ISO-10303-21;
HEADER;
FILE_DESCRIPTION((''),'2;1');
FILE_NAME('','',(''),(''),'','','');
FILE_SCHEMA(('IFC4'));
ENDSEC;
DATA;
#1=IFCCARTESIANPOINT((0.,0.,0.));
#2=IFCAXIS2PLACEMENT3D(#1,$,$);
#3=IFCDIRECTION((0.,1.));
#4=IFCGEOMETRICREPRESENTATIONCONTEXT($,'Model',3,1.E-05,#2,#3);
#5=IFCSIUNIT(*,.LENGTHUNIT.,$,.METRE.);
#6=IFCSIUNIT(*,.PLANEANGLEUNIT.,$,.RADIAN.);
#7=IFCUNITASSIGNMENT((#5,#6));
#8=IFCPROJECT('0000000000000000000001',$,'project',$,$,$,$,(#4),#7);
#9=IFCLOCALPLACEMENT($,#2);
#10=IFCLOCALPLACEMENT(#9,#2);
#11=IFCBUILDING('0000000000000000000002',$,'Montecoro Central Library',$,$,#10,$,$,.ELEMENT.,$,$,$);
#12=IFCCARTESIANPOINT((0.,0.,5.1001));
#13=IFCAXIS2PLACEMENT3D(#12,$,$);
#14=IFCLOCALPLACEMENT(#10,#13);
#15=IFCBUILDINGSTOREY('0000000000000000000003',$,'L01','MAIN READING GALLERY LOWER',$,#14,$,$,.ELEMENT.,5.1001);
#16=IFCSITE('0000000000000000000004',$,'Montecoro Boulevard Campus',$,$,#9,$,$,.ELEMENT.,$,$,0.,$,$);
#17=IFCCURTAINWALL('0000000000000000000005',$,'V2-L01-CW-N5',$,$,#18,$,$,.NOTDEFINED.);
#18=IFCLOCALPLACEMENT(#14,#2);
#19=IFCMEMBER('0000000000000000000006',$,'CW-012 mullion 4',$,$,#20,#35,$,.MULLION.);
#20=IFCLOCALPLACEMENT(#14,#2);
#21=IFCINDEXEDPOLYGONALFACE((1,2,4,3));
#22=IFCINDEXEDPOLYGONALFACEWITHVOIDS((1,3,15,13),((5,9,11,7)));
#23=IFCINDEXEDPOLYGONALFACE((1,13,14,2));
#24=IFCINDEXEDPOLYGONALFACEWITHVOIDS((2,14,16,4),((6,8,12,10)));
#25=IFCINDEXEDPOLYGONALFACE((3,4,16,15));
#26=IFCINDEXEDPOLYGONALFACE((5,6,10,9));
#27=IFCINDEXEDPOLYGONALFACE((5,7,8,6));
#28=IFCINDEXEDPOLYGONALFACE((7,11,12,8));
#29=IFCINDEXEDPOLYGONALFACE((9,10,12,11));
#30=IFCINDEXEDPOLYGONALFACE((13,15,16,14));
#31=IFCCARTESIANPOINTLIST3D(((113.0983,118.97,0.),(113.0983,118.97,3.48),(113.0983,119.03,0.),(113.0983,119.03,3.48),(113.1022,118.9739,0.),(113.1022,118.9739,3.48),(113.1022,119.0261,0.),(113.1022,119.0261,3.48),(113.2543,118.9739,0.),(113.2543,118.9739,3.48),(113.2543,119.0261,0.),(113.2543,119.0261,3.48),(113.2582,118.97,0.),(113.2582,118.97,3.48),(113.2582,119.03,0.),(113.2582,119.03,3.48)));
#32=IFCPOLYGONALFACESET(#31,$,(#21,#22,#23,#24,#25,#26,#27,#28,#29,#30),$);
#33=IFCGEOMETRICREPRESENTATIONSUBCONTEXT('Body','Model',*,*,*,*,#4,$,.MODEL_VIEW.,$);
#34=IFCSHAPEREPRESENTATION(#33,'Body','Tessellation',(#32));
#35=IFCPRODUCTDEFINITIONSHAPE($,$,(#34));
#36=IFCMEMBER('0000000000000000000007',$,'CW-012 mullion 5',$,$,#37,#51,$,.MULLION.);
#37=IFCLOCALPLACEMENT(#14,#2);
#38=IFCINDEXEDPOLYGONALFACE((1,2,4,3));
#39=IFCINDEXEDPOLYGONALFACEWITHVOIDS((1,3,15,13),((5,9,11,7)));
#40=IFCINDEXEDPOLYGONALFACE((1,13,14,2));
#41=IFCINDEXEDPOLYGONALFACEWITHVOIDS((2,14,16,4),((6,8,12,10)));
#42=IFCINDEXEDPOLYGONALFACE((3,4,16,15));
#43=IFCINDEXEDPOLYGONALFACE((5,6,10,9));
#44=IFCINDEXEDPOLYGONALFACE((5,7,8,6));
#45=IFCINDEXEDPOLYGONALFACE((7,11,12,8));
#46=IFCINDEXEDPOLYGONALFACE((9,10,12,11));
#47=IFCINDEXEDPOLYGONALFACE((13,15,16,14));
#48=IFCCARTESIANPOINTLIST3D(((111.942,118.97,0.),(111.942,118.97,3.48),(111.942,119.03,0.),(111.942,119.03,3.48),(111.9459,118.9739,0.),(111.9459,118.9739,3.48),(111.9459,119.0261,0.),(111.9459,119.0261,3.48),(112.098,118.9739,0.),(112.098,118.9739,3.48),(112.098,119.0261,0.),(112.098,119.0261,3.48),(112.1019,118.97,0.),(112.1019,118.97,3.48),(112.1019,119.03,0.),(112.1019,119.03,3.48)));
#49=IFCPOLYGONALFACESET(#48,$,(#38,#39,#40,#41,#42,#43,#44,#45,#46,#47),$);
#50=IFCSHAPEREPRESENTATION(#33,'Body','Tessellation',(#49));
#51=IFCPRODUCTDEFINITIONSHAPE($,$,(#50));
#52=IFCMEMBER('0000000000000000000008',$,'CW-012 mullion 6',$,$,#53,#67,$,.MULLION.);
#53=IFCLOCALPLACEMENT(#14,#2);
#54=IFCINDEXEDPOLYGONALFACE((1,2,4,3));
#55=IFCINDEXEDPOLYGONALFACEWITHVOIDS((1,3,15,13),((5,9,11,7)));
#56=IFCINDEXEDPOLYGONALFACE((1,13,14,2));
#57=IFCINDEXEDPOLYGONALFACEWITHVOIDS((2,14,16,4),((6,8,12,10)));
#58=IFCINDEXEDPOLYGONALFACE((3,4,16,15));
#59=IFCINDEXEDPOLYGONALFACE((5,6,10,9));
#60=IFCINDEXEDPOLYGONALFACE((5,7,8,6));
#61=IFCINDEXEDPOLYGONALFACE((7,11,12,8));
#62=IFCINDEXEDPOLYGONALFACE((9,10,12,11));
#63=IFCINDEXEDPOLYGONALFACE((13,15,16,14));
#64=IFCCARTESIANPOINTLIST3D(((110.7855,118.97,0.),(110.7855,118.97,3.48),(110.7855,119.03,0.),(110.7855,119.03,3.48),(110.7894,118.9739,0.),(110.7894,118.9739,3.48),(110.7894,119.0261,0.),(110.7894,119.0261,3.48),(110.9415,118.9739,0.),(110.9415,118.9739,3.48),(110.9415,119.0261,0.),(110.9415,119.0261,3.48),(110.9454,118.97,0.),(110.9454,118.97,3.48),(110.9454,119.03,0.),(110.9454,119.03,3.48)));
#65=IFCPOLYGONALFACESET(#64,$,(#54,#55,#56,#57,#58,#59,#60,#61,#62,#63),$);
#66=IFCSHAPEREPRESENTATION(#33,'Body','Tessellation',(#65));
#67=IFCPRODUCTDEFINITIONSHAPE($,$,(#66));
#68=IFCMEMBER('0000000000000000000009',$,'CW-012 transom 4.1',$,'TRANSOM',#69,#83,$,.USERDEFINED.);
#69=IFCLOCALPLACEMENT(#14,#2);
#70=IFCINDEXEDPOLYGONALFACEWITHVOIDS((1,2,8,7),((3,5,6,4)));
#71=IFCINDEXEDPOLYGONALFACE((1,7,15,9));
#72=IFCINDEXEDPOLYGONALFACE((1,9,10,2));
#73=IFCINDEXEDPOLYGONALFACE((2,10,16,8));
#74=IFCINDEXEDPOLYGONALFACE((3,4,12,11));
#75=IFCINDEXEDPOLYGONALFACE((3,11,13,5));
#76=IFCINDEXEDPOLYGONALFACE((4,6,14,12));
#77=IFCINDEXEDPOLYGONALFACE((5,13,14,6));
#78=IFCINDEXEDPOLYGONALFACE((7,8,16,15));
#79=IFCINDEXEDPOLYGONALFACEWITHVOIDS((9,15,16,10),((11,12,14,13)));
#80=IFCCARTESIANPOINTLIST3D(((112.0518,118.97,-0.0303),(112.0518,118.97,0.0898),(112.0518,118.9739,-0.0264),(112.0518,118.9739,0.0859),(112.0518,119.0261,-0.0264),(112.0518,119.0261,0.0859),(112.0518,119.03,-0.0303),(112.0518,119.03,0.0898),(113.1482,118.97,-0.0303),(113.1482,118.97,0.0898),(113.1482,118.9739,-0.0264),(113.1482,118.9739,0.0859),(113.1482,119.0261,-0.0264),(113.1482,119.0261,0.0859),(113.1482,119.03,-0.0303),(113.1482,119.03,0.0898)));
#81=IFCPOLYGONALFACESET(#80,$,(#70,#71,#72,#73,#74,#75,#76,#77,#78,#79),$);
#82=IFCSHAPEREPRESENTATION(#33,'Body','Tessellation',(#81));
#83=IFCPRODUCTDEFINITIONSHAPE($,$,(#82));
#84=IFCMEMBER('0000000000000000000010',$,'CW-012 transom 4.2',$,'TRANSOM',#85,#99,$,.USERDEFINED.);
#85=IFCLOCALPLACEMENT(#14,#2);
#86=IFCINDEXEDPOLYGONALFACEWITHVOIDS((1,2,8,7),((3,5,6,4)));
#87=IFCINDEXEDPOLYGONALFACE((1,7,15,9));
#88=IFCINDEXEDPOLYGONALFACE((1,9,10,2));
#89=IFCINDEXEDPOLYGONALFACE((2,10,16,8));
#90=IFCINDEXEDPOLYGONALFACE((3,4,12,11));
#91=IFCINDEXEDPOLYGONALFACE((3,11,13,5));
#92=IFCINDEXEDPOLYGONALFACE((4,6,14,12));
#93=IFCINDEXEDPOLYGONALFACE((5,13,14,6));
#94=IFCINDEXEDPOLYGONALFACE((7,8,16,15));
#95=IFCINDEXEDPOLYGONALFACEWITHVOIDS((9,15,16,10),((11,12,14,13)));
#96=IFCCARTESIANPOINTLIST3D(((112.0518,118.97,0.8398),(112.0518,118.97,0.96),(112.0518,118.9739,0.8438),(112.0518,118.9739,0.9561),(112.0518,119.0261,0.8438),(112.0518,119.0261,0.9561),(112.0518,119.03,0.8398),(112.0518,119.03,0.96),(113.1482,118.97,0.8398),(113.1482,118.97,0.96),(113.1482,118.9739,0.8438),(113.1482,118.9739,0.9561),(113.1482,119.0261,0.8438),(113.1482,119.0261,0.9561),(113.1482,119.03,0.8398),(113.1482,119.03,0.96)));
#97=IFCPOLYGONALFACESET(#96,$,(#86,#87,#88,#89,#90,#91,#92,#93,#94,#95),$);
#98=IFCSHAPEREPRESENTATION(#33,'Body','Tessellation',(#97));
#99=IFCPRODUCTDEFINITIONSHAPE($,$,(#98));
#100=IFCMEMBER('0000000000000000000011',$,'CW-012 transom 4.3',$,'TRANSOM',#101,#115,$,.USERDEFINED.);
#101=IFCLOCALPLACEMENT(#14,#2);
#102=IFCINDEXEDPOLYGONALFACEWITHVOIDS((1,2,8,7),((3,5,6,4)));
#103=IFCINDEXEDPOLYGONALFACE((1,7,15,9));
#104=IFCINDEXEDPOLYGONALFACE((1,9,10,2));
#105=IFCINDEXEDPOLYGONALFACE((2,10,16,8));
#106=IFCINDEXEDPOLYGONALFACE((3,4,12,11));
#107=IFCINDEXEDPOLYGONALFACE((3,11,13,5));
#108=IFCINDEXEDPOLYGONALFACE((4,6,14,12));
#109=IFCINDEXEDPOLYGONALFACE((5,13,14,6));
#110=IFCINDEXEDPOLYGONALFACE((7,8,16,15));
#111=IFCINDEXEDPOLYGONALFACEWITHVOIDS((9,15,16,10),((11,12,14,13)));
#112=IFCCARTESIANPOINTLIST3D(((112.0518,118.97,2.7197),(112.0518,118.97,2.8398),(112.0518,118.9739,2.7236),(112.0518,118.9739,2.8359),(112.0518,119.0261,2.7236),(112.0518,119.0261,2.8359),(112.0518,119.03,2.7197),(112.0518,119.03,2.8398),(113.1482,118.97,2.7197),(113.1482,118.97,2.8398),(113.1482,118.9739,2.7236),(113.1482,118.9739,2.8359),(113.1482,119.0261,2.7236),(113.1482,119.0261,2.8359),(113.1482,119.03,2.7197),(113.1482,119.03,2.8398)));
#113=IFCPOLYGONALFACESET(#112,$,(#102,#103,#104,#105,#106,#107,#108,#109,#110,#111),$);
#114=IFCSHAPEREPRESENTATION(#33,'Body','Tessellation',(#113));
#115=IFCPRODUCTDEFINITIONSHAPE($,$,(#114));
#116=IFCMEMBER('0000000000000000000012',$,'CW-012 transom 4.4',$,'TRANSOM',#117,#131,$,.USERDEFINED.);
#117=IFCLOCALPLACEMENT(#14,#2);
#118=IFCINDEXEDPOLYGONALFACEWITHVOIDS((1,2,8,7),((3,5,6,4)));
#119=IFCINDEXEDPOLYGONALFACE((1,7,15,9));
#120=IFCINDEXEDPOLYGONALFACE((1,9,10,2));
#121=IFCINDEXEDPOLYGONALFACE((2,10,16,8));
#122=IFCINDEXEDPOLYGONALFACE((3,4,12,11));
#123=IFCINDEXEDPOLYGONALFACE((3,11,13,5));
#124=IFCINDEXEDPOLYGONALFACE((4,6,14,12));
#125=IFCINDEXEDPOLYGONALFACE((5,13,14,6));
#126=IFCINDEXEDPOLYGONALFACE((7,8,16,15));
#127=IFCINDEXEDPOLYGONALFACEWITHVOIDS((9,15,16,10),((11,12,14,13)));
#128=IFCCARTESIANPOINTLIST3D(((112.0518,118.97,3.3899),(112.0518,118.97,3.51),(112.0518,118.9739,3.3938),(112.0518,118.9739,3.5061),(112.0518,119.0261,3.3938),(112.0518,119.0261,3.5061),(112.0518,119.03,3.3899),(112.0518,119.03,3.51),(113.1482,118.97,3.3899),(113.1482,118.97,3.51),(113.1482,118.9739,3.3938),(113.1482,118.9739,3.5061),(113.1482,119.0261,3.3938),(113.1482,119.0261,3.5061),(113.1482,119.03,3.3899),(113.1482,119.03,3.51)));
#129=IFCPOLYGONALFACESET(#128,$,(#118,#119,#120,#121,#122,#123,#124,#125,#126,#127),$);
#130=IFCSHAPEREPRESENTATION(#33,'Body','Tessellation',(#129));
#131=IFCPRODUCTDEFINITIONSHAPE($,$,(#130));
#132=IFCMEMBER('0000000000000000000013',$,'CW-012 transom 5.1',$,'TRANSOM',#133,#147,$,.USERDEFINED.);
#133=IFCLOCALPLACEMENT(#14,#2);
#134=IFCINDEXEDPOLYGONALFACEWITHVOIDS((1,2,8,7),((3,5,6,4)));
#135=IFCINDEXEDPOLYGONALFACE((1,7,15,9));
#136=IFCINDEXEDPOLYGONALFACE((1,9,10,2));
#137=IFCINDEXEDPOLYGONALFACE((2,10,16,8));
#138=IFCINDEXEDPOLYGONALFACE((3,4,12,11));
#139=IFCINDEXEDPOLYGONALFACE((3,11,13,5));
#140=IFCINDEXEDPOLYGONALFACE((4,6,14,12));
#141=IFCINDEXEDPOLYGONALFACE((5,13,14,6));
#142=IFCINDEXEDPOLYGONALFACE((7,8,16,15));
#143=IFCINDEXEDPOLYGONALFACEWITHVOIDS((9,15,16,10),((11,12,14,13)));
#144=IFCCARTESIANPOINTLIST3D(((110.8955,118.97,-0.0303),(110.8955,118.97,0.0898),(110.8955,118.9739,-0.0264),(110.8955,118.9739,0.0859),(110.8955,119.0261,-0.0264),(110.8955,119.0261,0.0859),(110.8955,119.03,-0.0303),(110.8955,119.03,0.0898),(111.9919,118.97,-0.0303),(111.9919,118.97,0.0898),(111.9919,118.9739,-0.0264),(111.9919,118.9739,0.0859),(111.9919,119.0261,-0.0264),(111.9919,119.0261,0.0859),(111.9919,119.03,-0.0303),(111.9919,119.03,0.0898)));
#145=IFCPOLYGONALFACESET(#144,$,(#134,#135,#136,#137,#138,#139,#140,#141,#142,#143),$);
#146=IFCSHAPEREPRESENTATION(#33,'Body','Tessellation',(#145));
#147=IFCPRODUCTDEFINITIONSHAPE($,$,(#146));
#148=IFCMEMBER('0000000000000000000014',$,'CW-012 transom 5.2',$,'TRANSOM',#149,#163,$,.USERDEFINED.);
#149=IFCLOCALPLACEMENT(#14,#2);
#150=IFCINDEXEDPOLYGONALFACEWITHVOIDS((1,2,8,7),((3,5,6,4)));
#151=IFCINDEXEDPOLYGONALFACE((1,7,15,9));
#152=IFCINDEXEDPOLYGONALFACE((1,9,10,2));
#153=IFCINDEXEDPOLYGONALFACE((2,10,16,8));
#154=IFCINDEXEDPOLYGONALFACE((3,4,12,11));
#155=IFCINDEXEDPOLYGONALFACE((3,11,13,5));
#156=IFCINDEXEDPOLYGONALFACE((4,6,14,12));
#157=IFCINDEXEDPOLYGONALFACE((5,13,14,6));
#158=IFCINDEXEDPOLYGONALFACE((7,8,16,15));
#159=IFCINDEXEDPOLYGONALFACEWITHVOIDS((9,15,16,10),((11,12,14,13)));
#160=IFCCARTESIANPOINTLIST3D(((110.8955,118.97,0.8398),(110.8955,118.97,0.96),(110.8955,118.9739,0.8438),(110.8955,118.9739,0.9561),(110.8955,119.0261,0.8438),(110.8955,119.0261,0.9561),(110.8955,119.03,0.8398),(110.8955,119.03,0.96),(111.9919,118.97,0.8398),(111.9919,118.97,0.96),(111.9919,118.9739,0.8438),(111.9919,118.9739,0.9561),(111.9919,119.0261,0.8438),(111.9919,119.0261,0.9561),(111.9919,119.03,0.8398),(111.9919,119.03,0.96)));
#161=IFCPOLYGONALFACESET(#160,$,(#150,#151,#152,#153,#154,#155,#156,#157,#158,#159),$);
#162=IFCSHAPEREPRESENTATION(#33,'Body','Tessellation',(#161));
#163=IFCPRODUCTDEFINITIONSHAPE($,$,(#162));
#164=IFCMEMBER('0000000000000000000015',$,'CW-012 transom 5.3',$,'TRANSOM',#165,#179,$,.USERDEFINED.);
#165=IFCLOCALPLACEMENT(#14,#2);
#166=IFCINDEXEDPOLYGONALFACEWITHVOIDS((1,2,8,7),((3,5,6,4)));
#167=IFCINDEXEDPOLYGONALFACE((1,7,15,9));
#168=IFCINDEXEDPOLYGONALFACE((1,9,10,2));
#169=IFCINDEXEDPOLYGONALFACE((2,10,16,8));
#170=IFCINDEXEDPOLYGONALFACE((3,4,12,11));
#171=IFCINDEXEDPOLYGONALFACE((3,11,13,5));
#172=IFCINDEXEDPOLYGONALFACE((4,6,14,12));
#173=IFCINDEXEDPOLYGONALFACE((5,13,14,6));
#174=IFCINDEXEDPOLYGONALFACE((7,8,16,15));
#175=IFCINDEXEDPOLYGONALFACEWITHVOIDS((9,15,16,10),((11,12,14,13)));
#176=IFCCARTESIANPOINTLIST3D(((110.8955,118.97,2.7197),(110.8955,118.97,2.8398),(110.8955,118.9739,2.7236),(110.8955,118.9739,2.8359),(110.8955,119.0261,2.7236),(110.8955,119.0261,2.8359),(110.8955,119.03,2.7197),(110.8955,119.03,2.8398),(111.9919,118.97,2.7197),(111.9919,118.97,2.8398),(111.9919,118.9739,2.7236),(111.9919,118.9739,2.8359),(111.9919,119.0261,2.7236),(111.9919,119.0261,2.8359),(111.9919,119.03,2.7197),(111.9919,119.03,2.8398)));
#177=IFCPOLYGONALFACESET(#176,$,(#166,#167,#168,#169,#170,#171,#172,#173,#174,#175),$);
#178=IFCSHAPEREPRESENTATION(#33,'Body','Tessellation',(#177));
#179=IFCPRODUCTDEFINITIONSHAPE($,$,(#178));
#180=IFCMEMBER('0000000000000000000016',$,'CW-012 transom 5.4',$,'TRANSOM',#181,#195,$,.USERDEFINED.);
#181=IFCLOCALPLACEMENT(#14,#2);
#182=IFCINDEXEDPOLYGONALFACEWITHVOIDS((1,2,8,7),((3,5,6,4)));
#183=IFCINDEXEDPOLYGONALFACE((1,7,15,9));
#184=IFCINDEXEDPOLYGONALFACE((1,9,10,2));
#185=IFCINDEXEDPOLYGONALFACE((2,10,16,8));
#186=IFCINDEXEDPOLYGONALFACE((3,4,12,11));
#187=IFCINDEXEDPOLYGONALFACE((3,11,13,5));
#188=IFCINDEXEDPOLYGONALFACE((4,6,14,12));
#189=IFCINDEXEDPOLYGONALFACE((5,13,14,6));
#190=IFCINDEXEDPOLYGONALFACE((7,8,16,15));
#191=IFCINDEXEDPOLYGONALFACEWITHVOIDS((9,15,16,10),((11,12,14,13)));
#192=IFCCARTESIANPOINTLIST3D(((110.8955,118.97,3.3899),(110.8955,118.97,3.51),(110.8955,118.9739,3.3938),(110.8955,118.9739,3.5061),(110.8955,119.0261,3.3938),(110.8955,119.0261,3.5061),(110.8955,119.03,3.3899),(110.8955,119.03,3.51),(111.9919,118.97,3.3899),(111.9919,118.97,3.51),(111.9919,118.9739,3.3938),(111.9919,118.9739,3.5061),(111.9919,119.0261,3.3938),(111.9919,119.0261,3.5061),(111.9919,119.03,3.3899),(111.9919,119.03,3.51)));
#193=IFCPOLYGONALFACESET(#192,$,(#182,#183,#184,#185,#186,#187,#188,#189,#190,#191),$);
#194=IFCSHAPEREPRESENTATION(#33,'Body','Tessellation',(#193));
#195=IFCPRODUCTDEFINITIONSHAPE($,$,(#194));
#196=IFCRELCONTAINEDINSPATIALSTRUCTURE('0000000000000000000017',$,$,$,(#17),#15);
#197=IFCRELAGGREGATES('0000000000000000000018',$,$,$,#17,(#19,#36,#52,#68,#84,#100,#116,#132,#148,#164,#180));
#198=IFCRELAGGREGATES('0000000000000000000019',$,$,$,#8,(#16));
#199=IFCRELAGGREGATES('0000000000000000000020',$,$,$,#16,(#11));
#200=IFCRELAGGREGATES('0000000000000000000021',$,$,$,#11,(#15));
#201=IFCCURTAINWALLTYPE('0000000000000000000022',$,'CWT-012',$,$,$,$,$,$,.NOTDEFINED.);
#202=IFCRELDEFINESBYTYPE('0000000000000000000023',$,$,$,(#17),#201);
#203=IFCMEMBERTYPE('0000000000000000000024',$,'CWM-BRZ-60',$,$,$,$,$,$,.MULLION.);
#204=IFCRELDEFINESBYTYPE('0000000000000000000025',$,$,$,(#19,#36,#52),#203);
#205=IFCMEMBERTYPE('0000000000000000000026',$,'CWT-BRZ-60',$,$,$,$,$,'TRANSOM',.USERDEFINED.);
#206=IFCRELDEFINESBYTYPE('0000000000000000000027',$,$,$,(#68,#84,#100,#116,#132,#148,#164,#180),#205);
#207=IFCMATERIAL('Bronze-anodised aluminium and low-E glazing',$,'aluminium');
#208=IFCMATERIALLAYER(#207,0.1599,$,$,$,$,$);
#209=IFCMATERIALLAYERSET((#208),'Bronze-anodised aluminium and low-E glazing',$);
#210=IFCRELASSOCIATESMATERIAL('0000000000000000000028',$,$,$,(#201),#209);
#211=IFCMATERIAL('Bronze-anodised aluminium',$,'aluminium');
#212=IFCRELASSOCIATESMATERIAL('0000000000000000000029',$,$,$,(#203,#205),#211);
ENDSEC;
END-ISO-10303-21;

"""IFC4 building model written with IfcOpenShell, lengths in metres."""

from ifc_helpers import new_model, si_unit, direction, frame, origin, origin_2d, place, context, subcontext, project, spatial, hollow_rectangle, extrude, material, layer, layer_set, material_profile, profile_set, type_object, element, aggregate, save


model = new_model("IFC4")

# Units and contexts
model_context = context("Model", 3, precision=1e-05, world=origin(), true_north=direction((0.0, 1.0)))
body_context = subcontext(model_context, "Body", "Model", "MODEL_VIEW")
ifc_project = project(units=[si_unit("LENGTHUNIT", "METRE"), si_unit("PLANEANGLEUNIT", "RADIAN")], contexts=[model_context])

# Site, building, storey
site_placement = place(None, origin())
site = spatial("IfcSite", under=ifc_project, at=site_placement, Name="Montecoro Boulevard Campus", CompositionType="ELEMENT", RefElevation=0.0)
building_placement = place(site_placement, origin())
building = spatial("IfcBuilding", under=site, at=building_placement, Name="Montecoro Central Library", CompositionType="ELEMENT")
storey_placement = place(building_placement, frame((0.0, 0.0, 5.1001)))
storey = spatial("IfcBuildingStorey", under=building, at=storey_placement, Name="L01", Description="MAIN READING GALLERY LOWER", CompositionType="ELEMENT", Elevation=5.1001)

# Curtain wall, members
ifc_material_1 = material(Name="Bronze-anodised aluminium and low-E glazing", Category="aluminium")
ifc_layer_1 = layer(ifc_material_1, 0.1599)
ifc_layer_set_1 = layer_set([ifc_layer_1], Name="Bronze-anodised aluminium and low-E glazing")
curtain_wall_type = type_object("IfcCurtainWallType", Name="CWT-012", PredefinedType="NOTDEFINED", material=ifc_layer_set_1)
curtain_wall_placement = place(storey_placement, origin())
curtain_wall = element("IfcCurtainWall", 1, at=curtain_wall_placement, inside=storey, type_object=curtain_wall_type, Name="V2-L01-CW-N5", PredefinedType="NOTDEFINED")
ifc_material_2 = material(Name="Bronze-anodised aluminium", Category="aluminium")
ifc_material_profile_1 = material_profile(ifc_material_2, hollow_rectangle(XDim=0.0601, YDim=0.1599, WallThickness=0.0039, at=origin_2d()), Name="CWM 160x60x4.0")
ifc_profile_set_1 = profile_set([ifc_material_profile_1], Name="Bronze-anodised aluminium")
member_type_1 = type_object("IfcMemberType", Name="CWM-BRZ-60", PredefinedType="MULLION", material=ifc_profile_set_1)
member_1_placement = place(storey_placement, frame((113.1782, 119.0, 0.0), z_axis=(0.0, 0.0, 1.0), x_axis=(0.0, -1.0, 0.0)))
member_1 = element("IfcMember", 2, at=member_1_placement, type_object=member_type_1, Name="CW-012 mullion 4", PredefinedType="MULLION", context=body_context, shape_type="SweptSolid", body=[
    extrude(hollow_rectangle(XDim=0.0601, YDim=0.1599, WallThickness=0.0039, at=origin_2d()), origin(), (0.0, 0.0, 1.0), 3.48),
])
member_2_placement = place(storey_placement, frame((112.022, 119.0, 0.0), z_axis=(0.0, 0.0, 1.0), x_axis=(0.0, -1.0, 0.0)))
member_2 = element("IfcMember", 3, at=member_2_placement, type_object=member_type_1, Name="CW-012 mullion 5", PredefinedType="MULLION", context=body_context, shape_type="SweptSolid", body=[
    extrude(hollow_rectangle(XDim=0.0601, YDim=0.1599, WallThickness=0.0039, at=origin_2d()), origin(), (0.0, 0.0, 1.0), 3.48),
])
member_3_placement = place(storey_placement, frame((110.8655, 119.0, 0.0), z_axis=(0.0, 0.0, 1.0), x_axis=(0.0, -1.0, 0.0)))
member_3 = element("IfcMember", 4, at=member_3_placement, type_object=member_type_1, Name="CW-012 mullion 6", PredefinedType="MULLION", context=body_context, shape_type="SweptSolid", body=[
    extrude(hollow_rectangle(XDim=0.0601, YDim=0.1599, WallThickness=0.0039, at=origin_2d()), origin(), (0.0, 0.0, 1.0), 3.48),
])
ifc_material_profile_2 = material_profile(ifc_material_2, hollow_rectangle(XDim=0.0601, YDim=0.1201, WallThickness=0.0039, at=origin_2d()), Name="CWT 120x60x4.0")
ifc_profile_set_2 = profile_set([ifc_material_profile_2], Name="Bronze-anodised aluminium")
member_type_2 = type_object("IfcMemberType", Name="CWT-BRZ-60", ElementType="TRANSOM", PredefinedType="USERDEFINED", material=ifc_profile_set_2)
member_4_placement = place(storey_placement, frame((113.1482, 119.0, 0.0298), z_axis=(-1.0, 0.0, 0.0), x_axis=(0.0, -1.0, 0.0)))
member_4 = element("IfcMember", 5, at=member_4_placement, type_object=member_type_2, Name="CW-012 transom 4.1", ObjectType="TRANSOM", PredefinedType="USERDEFINED", context=body_context, shape_type="SweptSolid", body=[
    extrude(hollow_rectangle(XDim=0.0601, YDim=0.1201, WallThickness=0.0039, at=origin_2d()), origin(), (0.0, 0.0, 1.0), 1.0964),
])
member_5_placement = place(storey_placement, frame((113.1482, 119.0, 0.8999), z_axis=(-1.0, 0.0, 0.0), x_axis=(0.0, -1.0, 0.0)))
member_5 = element("IfcMember", 6, at=member_5_placement, type_object=member_type_2, Name="CW-012 transom 4.2", ObjectType="TRANSOM", PredefinedType="USERDEFINED", context=body_context, shape_type="SweptSolid", body=[
    extrude(hollow_rectangle(XDim=0.0601, YDim=0.1201, WallThickness=0.0039, at=origin_2d()), origin(), (0.0, 0.0, 1.0), 1.0964),
])
member_6_placement = place(storey_placement, frame((113.1482, 119.0, 2.7798), z_axis=(-1.0, 0.0, 0.0), x_axis=(0.0, -1.0, 0.0)))
member_6 = element("IfcMember", 7, at=member_6_placement, type_object=member_type_2, Name="CW-012 transom 4.3", ObjectType="TRANSOM", PredefinedType="USERDEFINED", context=body_context, shape_type="SweptSolid", body=[
    extrude(hollow_rectangle(XDim=0.0601, YDim=0.1201, WallThickness=0.0039, at=origin_2d()), origin(), (0.0, 0.0, 1.0), 1.0964),
])
member_7_placement = place(storey_placement, frame((113.1482, 119.0, 3.45), z_axis=(-1.0, 0.0, 0.0), x_axis=(0.0, -1.0, 0.0)))
member_7 = element("IfcMember", 8, at=member_7_placement, type_object=member_type_2, Name="CW-012 transom 4.4", ObjectType="TRANSOM", PredefinedType="USERDEFINED", context=body_context, shape_type="SweptSolid", body=[
    extrude(hollow_rectangle(XDim=0.0601, YDim=0.1201, WallThickness=0.0039, at=origin_2d()), origin(), (0.0, 0.0, 1.0), 1.0964),
])
member_8_placement = place(storey_placement, frame((111.9919, 119.0, 0.0298), z_axis=(-1.0, 0.0, 0.0), x_axis=(0.0, -1.0, 0.0)))
member_8 = element("IfcMember", 9, at=member_8_placement, type_object=member_type_2, Name="CW-012 transom 5.1", ObjectType="TRANSOM", PredefinedType="USERDEFINED", context=body_context, shape_type="SweptSolid", body=[
    extrude(hollow_rectangle(XDim=0.0601, YDim=0.1201, WallThickness=0.0039, at=origin_2d()), origin(), (0.0, 0.0, 1.0), 1.0964),
])
member_9_placement = place(storey_placement, frame((111.9919, 119.0, 0.8999), z_axis=(-1.0, 0.0, 0.0), x_axis=(0.0, -1.0, 0.0)))
member_9 = element("IfcMember", 10, at=member_9_placement, type_object=member_type_2, Name="CW-012 transom 5.2", ObjectType="TRANSOM", PredefinedType="USERDEFINED", context=body_context, shape_type="SweptSolid", body=[
    extrude(hollow_rectangle(XDim=0.0601, YDim=0.1201, WallThickness=0.0039, at=origin_2d()), origin(), (0.0, 0.0, 1.0), 1.0964),
])
member_10_placement = place(storey_placement, frame((111.9919, 119.0, 2.7798), z_axis=(-1.0, 0.0, 0.0), x_axis=(0.0, -1.0, 0.0)))
member_10 = element("IfcMember", 11, at=member_10_placement, type_object=member_type_2, Name="CW-012 transom 5.3", ObjectType="TRANSOM", PredefinedType="USERDEFINED", context=body_context, shape_type="SweptSolid", body=[
    extrude(hollow_rectangle(XDim=0.0601, YDim=0.1201, WallThickness=0.0039, at=origin_2d()), origin(), (0.0, 0.0, 1.0), 1.0964),
])
member_11_placement = place(storey_placement, frame((111.9919, 119.0, 3.45), z_axis=(-1.0, 0.0, 0.0), x_axis=(0.0, -1.0, 0.0)))
member_11 = element("IfcMember", 12, at=member_11_placement, type_object=member_type_2, Name="CW-012 transom 5.4", ObjectType="TRANSOM", PredefinedType="USERDEFINED", context=body_context, shape_type="SweptSolid", body=[
    extrude(hollow_rectangle(XDim=0.0601, YDim=0.1201, WallThickness=0.0039, at=origin_2d()), origin(), (0.0, 0.0, 1.0), 1.0964),
])
aggregate(curtain_wall, [member_1, member_2, member_3, member_4, member_5, member_6, member_7, member_8, member_9, member_10, member_11])

save(model, "model.ifc")
